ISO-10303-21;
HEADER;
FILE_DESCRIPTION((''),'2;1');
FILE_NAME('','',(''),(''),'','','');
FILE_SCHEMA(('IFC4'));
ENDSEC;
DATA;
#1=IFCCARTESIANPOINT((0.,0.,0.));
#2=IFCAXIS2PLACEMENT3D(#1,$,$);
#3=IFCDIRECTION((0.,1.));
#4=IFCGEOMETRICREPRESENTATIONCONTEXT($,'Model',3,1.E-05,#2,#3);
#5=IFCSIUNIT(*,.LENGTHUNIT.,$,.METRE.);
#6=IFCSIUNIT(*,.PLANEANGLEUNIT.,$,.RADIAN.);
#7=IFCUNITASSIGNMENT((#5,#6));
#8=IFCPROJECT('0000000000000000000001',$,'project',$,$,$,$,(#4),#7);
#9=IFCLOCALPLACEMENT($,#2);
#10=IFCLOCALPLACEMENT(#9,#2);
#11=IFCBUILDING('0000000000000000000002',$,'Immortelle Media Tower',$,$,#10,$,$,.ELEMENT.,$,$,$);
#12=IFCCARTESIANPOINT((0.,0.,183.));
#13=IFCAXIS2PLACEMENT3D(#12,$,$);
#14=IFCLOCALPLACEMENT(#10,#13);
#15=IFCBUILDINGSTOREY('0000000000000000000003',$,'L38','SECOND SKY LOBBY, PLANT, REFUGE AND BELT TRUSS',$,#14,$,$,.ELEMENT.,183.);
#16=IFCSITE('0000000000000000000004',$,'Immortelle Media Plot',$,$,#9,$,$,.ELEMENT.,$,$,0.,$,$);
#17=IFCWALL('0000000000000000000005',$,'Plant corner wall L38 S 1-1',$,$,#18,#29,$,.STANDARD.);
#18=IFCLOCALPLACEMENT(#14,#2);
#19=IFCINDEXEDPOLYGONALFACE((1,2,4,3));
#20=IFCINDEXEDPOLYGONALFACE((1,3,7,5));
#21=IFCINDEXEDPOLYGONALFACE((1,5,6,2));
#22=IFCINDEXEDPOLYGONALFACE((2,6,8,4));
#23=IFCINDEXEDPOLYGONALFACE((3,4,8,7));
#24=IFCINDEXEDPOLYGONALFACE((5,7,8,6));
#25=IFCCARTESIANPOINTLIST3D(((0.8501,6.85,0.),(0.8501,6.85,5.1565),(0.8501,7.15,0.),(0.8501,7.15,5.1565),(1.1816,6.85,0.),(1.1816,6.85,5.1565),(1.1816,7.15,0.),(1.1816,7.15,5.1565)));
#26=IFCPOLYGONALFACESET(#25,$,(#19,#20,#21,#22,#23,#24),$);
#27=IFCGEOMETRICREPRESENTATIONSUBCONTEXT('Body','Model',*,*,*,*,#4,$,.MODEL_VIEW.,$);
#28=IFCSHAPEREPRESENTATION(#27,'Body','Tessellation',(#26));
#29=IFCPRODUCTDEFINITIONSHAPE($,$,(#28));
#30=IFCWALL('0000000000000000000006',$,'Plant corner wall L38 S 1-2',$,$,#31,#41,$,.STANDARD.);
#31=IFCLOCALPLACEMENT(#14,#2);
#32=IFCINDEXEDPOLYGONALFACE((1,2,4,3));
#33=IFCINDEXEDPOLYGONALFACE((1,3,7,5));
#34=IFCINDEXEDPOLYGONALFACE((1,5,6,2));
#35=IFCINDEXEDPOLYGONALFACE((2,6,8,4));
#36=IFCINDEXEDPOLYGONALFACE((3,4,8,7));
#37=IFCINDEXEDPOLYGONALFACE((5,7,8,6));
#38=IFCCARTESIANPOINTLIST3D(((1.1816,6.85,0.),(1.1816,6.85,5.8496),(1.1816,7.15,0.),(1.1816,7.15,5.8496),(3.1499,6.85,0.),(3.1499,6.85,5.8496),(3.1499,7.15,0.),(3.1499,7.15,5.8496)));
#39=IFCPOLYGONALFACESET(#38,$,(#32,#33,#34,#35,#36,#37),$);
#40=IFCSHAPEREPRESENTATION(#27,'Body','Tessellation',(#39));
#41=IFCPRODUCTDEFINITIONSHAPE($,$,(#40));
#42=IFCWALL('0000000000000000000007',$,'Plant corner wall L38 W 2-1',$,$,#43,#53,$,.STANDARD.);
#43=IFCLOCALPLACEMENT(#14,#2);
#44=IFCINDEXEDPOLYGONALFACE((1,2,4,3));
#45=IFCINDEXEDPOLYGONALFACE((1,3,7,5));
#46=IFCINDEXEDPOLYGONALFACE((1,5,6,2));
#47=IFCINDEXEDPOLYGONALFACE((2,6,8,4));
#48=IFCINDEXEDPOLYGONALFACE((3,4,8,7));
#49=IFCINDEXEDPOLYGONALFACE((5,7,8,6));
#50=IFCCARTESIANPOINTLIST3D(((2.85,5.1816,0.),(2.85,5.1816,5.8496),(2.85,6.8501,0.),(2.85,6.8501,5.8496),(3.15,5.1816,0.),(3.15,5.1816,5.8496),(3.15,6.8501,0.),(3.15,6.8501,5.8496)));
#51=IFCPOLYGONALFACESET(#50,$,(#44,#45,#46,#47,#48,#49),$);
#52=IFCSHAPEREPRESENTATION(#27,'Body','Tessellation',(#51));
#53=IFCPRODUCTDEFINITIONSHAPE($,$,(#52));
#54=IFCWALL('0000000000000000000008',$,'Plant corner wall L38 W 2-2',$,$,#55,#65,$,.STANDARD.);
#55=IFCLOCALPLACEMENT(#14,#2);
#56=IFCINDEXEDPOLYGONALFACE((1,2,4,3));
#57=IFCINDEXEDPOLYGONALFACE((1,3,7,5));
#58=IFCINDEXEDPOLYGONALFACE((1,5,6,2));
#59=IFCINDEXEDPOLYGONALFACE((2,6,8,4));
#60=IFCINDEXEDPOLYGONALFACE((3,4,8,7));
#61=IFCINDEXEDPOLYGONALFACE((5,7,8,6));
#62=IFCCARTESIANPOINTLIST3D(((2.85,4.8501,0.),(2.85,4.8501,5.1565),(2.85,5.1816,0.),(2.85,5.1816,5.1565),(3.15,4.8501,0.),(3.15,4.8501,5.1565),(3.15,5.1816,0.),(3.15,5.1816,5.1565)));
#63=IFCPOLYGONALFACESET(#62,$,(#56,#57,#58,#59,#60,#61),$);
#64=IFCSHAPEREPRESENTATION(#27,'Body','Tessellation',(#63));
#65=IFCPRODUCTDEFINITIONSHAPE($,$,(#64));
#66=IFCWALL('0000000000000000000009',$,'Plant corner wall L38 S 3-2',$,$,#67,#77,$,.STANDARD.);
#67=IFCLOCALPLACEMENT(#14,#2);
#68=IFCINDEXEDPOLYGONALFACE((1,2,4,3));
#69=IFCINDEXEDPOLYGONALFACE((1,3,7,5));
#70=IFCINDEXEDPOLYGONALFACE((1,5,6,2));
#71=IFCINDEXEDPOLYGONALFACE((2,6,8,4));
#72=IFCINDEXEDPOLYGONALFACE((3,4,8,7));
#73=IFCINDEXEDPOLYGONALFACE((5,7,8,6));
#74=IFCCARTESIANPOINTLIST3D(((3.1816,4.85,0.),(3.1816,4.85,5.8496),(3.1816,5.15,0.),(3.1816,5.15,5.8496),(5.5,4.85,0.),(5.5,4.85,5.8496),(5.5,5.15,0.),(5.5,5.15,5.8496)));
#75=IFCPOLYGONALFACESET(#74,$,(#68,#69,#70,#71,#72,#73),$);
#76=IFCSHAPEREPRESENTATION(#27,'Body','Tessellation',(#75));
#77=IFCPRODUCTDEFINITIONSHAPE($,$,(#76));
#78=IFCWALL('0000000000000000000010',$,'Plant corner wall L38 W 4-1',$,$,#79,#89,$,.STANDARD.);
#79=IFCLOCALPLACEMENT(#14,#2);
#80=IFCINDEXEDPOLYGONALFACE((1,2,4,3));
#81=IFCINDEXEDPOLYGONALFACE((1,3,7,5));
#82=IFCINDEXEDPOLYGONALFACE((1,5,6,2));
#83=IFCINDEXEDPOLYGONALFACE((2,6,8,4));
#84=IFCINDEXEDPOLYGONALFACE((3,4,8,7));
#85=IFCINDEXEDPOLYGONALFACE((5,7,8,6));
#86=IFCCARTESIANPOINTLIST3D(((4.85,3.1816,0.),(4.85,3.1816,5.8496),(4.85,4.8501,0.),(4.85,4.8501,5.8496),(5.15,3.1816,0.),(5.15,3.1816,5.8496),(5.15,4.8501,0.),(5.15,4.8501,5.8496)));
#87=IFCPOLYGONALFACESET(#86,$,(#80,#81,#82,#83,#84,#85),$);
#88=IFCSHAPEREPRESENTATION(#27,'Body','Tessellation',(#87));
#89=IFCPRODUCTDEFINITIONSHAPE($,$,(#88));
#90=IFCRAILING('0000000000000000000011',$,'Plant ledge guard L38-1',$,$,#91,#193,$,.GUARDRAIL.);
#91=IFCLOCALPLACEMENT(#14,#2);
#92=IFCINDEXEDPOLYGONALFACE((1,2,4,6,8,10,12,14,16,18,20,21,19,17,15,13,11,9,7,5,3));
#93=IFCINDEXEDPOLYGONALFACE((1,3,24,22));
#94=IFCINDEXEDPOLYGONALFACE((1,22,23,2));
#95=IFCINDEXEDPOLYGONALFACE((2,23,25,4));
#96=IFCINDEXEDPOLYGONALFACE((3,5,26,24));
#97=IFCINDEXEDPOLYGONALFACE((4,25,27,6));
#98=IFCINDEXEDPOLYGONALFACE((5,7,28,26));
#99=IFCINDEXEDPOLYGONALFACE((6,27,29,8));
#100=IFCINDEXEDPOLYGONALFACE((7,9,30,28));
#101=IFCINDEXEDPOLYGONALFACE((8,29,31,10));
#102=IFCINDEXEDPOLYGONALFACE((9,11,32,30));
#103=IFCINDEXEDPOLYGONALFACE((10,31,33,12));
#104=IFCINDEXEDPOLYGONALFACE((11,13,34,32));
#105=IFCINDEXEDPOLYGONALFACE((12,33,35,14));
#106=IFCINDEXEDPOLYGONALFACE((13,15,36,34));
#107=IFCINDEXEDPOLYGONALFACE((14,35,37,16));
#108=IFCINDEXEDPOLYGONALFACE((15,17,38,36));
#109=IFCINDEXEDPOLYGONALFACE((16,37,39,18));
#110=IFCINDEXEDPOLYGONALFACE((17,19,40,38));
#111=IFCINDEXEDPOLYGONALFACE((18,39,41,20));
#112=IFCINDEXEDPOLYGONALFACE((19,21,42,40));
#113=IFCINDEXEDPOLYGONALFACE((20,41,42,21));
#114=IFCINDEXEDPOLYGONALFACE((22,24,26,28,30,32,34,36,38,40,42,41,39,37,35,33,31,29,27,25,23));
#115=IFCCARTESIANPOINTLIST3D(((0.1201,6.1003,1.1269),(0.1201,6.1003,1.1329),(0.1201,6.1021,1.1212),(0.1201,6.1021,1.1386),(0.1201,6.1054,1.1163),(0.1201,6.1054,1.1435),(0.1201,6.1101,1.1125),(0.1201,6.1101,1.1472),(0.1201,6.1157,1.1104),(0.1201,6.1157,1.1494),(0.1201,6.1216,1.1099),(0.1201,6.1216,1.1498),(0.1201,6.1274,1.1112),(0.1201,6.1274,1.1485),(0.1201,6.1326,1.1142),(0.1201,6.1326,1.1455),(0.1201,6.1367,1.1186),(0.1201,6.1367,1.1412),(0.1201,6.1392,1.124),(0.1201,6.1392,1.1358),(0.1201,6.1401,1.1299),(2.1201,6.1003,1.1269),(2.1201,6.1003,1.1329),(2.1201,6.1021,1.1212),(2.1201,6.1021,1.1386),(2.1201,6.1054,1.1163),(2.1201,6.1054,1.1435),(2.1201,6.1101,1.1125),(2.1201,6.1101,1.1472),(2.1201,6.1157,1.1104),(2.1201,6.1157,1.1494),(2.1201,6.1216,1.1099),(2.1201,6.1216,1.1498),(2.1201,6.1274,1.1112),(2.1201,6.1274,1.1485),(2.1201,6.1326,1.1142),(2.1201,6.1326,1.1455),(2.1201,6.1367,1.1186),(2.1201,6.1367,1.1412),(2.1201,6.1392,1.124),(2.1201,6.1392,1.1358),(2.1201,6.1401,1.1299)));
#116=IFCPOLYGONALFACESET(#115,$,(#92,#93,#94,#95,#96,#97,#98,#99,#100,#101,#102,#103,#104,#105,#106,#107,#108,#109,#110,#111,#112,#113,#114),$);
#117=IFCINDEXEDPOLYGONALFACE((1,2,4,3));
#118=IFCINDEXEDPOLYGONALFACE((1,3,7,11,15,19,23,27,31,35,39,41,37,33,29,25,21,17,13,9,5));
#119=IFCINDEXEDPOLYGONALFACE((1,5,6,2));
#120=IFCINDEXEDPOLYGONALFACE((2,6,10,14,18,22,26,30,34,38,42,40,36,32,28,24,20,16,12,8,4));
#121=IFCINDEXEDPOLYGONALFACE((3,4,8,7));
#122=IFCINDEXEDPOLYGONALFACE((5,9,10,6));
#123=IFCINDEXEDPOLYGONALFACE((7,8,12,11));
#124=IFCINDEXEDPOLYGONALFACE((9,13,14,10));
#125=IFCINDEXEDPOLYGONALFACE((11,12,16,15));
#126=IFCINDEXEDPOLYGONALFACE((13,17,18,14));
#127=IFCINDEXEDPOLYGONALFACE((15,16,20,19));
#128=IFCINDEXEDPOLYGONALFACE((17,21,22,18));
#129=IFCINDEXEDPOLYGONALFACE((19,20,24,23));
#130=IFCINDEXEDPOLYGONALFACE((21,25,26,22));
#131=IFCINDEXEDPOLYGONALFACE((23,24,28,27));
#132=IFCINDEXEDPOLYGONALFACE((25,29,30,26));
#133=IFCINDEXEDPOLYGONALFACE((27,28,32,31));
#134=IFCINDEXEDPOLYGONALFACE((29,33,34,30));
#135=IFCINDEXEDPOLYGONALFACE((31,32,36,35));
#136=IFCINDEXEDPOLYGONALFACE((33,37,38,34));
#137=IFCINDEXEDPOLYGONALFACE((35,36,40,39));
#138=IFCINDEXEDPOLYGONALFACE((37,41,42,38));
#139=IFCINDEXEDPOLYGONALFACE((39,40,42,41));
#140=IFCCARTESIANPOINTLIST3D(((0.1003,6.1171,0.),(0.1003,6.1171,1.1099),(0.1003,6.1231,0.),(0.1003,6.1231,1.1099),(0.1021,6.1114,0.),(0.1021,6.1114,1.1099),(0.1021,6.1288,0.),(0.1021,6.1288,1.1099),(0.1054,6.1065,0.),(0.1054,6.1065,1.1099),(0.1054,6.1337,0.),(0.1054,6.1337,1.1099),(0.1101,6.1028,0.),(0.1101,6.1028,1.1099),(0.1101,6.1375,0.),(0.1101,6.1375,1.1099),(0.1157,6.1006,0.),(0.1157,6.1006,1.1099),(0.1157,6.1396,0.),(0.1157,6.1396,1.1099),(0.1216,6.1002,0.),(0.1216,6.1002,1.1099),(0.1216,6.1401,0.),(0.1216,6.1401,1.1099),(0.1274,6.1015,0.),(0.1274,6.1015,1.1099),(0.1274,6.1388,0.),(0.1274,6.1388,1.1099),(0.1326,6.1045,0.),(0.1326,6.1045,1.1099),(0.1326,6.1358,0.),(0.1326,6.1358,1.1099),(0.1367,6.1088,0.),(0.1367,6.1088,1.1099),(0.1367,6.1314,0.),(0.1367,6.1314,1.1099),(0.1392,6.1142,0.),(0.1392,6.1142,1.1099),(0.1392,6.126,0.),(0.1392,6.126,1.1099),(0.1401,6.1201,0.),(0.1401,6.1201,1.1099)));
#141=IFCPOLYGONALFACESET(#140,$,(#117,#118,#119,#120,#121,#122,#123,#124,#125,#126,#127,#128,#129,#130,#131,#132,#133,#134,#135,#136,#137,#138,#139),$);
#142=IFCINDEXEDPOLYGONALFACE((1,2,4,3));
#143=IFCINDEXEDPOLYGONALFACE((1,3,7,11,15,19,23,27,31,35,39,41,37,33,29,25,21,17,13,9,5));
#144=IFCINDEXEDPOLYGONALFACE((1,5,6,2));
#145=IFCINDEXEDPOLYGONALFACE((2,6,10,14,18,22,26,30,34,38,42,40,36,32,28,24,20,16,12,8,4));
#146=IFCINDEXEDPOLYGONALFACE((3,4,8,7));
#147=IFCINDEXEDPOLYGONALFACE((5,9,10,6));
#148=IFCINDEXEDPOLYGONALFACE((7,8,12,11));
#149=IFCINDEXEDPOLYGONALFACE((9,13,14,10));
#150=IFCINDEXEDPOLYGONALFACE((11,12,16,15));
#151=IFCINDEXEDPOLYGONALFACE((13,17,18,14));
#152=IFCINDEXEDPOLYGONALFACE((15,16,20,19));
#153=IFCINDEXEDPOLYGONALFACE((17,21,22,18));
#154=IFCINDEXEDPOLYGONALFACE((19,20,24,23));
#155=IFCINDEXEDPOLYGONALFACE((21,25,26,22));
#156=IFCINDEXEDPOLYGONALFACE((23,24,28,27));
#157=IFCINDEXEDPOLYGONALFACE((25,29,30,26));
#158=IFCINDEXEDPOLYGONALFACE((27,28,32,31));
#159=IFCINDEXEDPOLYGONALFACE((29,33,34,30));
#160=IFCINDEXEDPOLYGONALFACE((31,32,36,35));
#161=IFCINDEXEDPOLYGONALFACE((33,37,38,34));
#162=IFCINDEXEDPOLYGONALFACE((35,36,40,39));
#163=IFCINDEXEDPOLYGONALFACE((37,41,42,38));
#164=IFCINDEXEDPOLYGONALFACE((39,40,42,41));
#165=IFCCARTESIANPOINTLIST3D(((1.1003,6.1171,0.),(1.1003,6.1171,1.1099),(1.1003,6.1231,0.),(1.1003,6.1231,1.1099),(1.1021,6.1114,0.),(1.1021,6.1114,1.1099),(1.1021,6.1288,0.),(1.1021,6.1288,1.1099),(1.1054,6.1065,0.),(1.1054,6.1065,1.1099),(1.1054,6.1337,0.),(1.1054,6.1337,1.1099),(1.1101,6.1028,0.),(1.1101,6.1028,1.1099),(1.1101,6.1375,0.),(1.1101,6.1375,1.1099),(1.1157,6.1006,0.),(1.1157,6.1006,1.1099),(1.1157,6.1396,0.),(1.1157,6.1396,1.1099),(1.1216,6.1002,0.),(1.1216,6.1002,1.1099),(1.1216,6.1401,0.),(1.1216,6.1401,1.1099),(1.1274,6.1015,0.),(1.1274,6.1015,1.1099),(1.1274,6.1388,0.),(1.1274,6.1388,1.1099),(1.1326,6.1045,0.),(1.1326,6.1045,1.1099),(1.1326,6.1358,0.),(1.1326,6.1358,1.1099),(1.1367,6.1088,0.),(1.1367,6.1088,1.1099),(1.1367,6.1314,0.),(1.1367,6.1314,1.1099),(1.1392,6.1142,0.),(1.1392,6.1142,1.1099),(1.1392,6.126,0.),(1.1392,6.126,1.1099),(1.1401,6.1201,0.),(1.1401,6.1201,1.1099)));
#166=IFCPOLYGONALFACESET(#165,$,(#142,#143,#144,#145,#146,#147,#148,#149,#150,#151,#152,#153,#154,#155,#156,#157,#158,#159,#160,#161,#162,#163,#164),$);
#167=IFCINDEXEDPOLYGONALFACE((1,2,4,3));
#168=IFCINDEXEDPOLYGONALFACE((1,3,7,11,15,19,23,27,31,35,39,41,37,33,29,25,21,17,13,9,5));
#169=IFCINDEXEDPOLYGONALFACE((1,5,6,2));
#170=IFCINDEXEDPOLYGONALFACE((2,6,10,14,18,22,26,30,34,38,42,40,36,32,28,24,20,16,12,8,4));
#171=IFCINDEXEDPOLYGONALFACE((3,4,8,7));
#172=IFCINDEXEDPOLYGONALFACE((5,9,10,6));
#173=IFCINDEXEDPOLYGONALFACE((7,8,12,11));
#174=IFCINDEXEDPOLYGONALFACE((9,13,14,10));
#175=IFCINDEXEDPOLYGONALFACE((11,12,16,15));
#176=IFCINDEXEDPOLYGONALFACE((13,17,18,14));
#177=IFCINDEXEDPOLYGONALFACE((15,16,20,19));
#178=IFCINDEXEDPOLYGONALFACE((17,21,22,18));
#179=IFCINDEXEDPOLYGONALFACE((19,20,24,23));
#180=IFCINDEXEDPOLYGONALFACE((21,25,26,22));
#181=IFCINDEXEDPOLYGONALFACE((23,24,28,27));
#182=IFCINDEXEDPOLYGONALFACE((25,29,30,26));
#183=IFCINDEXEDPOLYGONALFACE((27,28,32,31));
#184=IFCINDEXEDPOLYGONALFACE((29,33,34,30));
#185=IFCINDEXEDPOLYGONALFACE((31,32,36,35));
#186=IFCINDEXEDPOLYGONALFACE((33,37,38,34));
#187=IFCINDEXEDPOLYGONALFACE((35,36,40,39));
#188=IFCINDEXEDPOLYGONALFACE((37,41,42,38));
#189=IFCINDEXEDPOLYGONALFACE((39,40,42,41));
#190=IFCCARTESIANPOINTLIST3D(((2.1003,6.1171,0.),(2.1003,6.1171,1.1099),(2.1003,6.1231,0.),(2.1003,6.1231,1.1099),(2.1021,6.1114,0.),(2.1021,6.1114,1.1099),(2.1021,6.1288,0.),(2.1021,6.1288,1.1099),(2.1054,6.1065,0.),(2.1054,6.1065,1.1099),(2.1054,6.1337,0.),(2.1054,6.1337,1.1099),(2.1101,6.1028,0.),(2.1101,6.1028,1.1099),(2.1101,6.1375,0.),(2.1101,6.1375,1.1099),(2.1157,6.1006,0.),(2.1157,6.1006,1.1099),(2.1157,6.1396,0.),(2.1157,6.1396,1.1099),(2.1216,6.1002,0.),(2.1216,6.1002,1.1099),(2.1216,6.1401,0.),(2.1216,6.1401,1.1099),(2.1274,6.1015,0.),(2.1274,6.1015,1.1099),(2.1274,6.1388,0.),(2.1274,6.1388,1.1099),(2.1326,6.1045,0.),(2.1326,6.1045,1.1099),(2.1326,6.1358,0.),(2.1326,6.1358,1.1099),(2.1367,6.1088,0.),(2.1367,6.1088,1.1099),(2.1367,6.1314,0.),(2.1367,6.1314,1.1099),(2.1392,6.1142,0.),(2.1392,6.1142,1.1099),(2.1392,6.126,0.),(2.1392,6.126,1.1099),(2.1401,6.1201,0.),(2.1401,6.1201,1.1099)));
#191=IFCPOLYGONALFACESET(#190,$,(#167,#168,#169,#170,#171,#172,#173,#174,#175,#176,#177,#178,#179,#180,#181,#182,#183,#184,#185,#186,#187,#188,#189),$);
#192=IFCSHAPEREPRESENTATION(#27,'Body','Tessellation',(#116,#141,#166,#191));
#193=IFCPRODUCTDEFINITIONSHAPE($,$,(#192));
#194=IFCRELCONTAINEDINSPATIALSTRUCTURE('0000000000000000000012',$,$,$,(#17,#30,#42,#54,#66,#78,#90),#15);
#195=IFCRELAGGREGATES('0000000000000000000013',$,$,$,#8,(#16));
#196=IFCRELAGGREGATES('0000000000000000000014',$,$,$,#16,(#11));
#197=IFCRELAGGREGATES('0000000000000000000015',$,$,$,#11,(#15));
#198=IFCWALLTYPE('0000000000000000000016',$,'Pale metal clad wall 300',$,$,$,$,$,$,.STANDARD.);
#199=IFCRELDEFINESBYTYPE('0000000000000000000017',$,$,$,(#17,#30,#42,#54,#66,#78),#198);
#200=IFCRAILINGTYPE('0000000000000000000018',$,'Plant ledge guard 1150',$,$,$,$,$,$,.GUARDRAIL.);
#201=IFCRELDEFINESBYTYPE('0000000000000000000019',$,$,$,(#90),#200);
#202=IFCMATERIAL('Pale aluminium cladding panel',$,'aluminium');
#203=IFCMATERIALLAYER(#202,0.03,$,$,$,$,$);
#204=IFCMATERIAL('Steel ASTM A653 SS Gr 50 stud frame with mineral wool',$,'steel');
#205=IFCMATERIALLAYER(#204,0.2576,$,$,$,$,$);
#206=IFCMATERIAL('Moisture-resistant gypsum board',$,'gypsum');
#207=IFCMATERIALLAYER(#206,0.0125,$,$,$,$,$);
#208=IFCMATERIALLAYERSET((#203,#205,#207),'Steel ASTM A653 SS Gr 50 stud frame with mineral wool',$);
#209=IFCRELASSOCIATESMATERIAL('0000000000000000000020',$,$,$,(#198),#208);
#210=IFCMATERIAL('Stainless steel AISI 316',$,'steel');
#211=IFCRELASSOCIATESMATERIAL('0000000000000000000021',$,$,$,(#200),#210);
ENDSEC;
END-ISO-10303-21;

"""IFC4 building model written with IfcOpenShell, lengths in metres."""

from ifc_helpers import new_model, si_unit, direction, frame, frame_2d, origin, origin_2d, place, context, subcontext, project, spatial, rectangle, circle, extrude, material, layer, layer_set, type_object, element, save


model = new_model("IFC4")

# Units and contexts
model_context = context("Model", 3, precision=1e-05, world=origin(), true_north=direction((0.0, 1.0)))
body_context = subcontext(model_context, "Body", "Model", "MODEL_VIEW")
ifc_project = project(units=[si_unit("LENGTHUNIT", "METRE"), si_unit("PLANEANGLEUNIT", "RADIAN")], contexts=[model_context])

# Site, building, storey
site_placement = place(None, origin())
site = spatial("IfcSite", under=ifc_project, at=site_placement, Name="Immortelle Media Plot", CompositionType="ELEMENT", RefElevation=0.0)
building_placement = place(site_placement, origin())
building = spatial("IfcBuilding", under=site, at=building_placement, Name="Immortelle Media Tower", CompositionType="ELEMENT")
storey_placement = place(building_placement, frame((0.0, 0.0, 183.0)))
storey = spatial("IfcBuildingStorey", under=building, at=storey_placement, Name="L38", Description="SECOND SKY LOBBY, PLANT, REFUGE AND BELT TRUSS", CompositionType="ELEMENT", Elevation=183.0)

# Shared definitions
ifc_material_1 = material(Name="Steel ASTM A653 SS Gr 50 stud frame with mineral wool", Category="steel")

# Walls
ifc_material_2 = material(Name="Pale aluminium cladding panel", Category="aluminium")
ifc_layer_1 = layer(ifc_material_2, 0.03)
ifc_layer_2 = layer(ifc_material_1, 0.2576)
ifc_material_3 = material(Name="Moisture-resistant gypsum board", Category="gypsum")
ifc_layer_3 = layer(ifc_material_3, 0.0125)
ifc_layer_set_1 = layer_set([ifc_layer_1, ifc_layer_2, ifc_layer_3], Name="Steel ASTM A653 SS Gr 50 stud frame with mineral wool")
wall_type_1 = type_object("IfcWallType", Name="Pale metal clad wall 300", PredefinedType="STANDARD", material=ifc_layer_set_1)
wall_1_placement = place(storey_placement, frame((0.8501, 7.0, 0.0), z_axis=(0.0, 0.0, 1.0), x_axis=(1.0, 0.0, 0.0)))
element("IfcWall", 1, at=wall_1_placement, inside=storey, type_object=wall_type_1, Name="Plant corner wall L38 S 1-1", PredefinedType="STANDARD", context=body_context, shape_type="SweptSolid", body=[
    extrude(rectangle(XDim=0.3315, YDim=0.3, at=frame_2d((0.1658, 0.0))), origin(), (0.0, 0.0, 1.0), 5.1565),
])
wall_2_placement = place(storey_placement, frame((1.1816, 7.0, 0.0), z_axis=(0.0, 0.0, 1.0), x_axis=(1.0, 0.0, 0.0)))
element("IfcWall", 2, at=wall_2_placement, inside=storey, type_object=wall_type_1, Name="Plant corner wall L38 S 1-2", PredefinedType="STANDARD", context=body_context, shape_type="SweptSolid", body=[
    extrude(rectangle(XDim=1.9683, YDim=0.3, at=frame_2d((0.9841, 0.0))), origin(), (0.0, 0.0, 1.0), 5.8496),
])
wall_3_placement = place(storey_placement, frame((3.0, 6.8501, 0.0), z_axis=(0.0, 0.0, 1.0), x_axis=(0.0, -1.0, 0.0)))
element("IfcWall", 3, at=wall_3_placement, inside=storey, type_object=wall_type_1, Name="Plant corner wall L38 W 2-1", PredefinedType="STANDARD", context=body_context, shape_type="SweptSolid", body=[
    extrude(rectangle(XDim=1.6685, YDim=0.3, at=frame_2d((0.8342, 0.0))), origin(), (0.0, 0.0, 1.0), 5.8496),
])
wall_4_placement = place(storey_placement, frame((3.0, 5.1816, 0.0), z_axis=(0.0, 0.0, 1.0), x_axis=(0.0, -1.0, 0.0)))
element("IfcWall", 4, at=wall_4_placement, inside=storey, type_object=wall_type_1, Name="Plant corner wall L38 W 2-2", PredefinedType="STANDARD", context=body_context, shape_type="SweptSolid", body=[
    extrude(rectangle(XDim=0.3315, YDim=0.3, at=frame_2d((0.1658, 0.0))), origin(), (0.0, 0.0, 1.0), 5.1565),
])
wall_5_placement = place(storey_placement, frame((3.1816, 5.0, 0.0), z_axis=(0.0, 0.0, 1.0), x_axis=(1.0, 0.0, 0.0)))
element("IfcWall", 5, at=wall_5_placement, inside=storey, type_object=wall_type_1, Name="Plant corner wall L38 S 3-2", PredefinedType="STANDARD", context=body_context, shape_type="SweptSolid", body=[
    extrude(rectangle(XDim=2.3184, YDim=0.3, at=frame_2d((1.1592, 0.0))), origin(), (0.0, 0.0, 1.0), 5.8496),
])
wall_6_placement = place(storey_placement, frame((5.0, 4.8501, 0.0), z_axis=(0.0, 0.0, 1.0), x_axis=(0.0, -1.0, 0.0)))
element("IfcWall", 6, at=wall_6_placement, inside=storey, type_object=wall_type_1, Name="Plant corner wall L38 W 4-1", PredefinedType="STANDARD", context=body_context, shape_type="SweptSolid", body=[
    extrude(rectangle(XDim=1.6685, YDim=0.3, at=frame_2d((0.8342, 0.0))), origin(), (0.0, 0.0, 1.0), 5.8496),
])

# Railing
ifc_material_4 = material(Name="Stainless steel AISI 316", Category="steel")
railing_type = type_object("IfcRailingType", Name="Plant ledge guard 1150", PredefinedType="GUARDRAIL", material=ifc_material_4)
railing_1_placement = place(storey_placement, frame((0.1201, 6.1201, 0.0)))
element("IfcRailing", 7, at=railing_1_placement, inside=storey, type_object=railing_type, Name="Plant ledge guard L38-1", PredefinedType="GUARDRAIL", context=body_context, shape_type="SweptSolid", body=[
    extrude(circle(Radius=0.02, at=origin_2d()), frame((0.0, 0.0, 1.1299), z_axis=(1.0, 0.0, 0.0), x_axis=(0.0, 1.0, 0.0)), (0.0, 0.0, 1.0), 2.0),
    extrude(circle(Radius=0.02, at=origin_2d()), origin(), (0.0, 0.0, 1.0), 1.1099),
    extrude(circle(Radius=0.02, at=origin_2d()), frame((1.0, 0.0, 0.0)), (0.0, 0.0, 1.0), 1.1099),
    extrude(circle(Radius=0.02, at=origin_2d()), frame((2.0, 0.0, 0.0)), (0.0, 0.0, 1.0), 1.1099),
])

save(model, "model.ifc")
